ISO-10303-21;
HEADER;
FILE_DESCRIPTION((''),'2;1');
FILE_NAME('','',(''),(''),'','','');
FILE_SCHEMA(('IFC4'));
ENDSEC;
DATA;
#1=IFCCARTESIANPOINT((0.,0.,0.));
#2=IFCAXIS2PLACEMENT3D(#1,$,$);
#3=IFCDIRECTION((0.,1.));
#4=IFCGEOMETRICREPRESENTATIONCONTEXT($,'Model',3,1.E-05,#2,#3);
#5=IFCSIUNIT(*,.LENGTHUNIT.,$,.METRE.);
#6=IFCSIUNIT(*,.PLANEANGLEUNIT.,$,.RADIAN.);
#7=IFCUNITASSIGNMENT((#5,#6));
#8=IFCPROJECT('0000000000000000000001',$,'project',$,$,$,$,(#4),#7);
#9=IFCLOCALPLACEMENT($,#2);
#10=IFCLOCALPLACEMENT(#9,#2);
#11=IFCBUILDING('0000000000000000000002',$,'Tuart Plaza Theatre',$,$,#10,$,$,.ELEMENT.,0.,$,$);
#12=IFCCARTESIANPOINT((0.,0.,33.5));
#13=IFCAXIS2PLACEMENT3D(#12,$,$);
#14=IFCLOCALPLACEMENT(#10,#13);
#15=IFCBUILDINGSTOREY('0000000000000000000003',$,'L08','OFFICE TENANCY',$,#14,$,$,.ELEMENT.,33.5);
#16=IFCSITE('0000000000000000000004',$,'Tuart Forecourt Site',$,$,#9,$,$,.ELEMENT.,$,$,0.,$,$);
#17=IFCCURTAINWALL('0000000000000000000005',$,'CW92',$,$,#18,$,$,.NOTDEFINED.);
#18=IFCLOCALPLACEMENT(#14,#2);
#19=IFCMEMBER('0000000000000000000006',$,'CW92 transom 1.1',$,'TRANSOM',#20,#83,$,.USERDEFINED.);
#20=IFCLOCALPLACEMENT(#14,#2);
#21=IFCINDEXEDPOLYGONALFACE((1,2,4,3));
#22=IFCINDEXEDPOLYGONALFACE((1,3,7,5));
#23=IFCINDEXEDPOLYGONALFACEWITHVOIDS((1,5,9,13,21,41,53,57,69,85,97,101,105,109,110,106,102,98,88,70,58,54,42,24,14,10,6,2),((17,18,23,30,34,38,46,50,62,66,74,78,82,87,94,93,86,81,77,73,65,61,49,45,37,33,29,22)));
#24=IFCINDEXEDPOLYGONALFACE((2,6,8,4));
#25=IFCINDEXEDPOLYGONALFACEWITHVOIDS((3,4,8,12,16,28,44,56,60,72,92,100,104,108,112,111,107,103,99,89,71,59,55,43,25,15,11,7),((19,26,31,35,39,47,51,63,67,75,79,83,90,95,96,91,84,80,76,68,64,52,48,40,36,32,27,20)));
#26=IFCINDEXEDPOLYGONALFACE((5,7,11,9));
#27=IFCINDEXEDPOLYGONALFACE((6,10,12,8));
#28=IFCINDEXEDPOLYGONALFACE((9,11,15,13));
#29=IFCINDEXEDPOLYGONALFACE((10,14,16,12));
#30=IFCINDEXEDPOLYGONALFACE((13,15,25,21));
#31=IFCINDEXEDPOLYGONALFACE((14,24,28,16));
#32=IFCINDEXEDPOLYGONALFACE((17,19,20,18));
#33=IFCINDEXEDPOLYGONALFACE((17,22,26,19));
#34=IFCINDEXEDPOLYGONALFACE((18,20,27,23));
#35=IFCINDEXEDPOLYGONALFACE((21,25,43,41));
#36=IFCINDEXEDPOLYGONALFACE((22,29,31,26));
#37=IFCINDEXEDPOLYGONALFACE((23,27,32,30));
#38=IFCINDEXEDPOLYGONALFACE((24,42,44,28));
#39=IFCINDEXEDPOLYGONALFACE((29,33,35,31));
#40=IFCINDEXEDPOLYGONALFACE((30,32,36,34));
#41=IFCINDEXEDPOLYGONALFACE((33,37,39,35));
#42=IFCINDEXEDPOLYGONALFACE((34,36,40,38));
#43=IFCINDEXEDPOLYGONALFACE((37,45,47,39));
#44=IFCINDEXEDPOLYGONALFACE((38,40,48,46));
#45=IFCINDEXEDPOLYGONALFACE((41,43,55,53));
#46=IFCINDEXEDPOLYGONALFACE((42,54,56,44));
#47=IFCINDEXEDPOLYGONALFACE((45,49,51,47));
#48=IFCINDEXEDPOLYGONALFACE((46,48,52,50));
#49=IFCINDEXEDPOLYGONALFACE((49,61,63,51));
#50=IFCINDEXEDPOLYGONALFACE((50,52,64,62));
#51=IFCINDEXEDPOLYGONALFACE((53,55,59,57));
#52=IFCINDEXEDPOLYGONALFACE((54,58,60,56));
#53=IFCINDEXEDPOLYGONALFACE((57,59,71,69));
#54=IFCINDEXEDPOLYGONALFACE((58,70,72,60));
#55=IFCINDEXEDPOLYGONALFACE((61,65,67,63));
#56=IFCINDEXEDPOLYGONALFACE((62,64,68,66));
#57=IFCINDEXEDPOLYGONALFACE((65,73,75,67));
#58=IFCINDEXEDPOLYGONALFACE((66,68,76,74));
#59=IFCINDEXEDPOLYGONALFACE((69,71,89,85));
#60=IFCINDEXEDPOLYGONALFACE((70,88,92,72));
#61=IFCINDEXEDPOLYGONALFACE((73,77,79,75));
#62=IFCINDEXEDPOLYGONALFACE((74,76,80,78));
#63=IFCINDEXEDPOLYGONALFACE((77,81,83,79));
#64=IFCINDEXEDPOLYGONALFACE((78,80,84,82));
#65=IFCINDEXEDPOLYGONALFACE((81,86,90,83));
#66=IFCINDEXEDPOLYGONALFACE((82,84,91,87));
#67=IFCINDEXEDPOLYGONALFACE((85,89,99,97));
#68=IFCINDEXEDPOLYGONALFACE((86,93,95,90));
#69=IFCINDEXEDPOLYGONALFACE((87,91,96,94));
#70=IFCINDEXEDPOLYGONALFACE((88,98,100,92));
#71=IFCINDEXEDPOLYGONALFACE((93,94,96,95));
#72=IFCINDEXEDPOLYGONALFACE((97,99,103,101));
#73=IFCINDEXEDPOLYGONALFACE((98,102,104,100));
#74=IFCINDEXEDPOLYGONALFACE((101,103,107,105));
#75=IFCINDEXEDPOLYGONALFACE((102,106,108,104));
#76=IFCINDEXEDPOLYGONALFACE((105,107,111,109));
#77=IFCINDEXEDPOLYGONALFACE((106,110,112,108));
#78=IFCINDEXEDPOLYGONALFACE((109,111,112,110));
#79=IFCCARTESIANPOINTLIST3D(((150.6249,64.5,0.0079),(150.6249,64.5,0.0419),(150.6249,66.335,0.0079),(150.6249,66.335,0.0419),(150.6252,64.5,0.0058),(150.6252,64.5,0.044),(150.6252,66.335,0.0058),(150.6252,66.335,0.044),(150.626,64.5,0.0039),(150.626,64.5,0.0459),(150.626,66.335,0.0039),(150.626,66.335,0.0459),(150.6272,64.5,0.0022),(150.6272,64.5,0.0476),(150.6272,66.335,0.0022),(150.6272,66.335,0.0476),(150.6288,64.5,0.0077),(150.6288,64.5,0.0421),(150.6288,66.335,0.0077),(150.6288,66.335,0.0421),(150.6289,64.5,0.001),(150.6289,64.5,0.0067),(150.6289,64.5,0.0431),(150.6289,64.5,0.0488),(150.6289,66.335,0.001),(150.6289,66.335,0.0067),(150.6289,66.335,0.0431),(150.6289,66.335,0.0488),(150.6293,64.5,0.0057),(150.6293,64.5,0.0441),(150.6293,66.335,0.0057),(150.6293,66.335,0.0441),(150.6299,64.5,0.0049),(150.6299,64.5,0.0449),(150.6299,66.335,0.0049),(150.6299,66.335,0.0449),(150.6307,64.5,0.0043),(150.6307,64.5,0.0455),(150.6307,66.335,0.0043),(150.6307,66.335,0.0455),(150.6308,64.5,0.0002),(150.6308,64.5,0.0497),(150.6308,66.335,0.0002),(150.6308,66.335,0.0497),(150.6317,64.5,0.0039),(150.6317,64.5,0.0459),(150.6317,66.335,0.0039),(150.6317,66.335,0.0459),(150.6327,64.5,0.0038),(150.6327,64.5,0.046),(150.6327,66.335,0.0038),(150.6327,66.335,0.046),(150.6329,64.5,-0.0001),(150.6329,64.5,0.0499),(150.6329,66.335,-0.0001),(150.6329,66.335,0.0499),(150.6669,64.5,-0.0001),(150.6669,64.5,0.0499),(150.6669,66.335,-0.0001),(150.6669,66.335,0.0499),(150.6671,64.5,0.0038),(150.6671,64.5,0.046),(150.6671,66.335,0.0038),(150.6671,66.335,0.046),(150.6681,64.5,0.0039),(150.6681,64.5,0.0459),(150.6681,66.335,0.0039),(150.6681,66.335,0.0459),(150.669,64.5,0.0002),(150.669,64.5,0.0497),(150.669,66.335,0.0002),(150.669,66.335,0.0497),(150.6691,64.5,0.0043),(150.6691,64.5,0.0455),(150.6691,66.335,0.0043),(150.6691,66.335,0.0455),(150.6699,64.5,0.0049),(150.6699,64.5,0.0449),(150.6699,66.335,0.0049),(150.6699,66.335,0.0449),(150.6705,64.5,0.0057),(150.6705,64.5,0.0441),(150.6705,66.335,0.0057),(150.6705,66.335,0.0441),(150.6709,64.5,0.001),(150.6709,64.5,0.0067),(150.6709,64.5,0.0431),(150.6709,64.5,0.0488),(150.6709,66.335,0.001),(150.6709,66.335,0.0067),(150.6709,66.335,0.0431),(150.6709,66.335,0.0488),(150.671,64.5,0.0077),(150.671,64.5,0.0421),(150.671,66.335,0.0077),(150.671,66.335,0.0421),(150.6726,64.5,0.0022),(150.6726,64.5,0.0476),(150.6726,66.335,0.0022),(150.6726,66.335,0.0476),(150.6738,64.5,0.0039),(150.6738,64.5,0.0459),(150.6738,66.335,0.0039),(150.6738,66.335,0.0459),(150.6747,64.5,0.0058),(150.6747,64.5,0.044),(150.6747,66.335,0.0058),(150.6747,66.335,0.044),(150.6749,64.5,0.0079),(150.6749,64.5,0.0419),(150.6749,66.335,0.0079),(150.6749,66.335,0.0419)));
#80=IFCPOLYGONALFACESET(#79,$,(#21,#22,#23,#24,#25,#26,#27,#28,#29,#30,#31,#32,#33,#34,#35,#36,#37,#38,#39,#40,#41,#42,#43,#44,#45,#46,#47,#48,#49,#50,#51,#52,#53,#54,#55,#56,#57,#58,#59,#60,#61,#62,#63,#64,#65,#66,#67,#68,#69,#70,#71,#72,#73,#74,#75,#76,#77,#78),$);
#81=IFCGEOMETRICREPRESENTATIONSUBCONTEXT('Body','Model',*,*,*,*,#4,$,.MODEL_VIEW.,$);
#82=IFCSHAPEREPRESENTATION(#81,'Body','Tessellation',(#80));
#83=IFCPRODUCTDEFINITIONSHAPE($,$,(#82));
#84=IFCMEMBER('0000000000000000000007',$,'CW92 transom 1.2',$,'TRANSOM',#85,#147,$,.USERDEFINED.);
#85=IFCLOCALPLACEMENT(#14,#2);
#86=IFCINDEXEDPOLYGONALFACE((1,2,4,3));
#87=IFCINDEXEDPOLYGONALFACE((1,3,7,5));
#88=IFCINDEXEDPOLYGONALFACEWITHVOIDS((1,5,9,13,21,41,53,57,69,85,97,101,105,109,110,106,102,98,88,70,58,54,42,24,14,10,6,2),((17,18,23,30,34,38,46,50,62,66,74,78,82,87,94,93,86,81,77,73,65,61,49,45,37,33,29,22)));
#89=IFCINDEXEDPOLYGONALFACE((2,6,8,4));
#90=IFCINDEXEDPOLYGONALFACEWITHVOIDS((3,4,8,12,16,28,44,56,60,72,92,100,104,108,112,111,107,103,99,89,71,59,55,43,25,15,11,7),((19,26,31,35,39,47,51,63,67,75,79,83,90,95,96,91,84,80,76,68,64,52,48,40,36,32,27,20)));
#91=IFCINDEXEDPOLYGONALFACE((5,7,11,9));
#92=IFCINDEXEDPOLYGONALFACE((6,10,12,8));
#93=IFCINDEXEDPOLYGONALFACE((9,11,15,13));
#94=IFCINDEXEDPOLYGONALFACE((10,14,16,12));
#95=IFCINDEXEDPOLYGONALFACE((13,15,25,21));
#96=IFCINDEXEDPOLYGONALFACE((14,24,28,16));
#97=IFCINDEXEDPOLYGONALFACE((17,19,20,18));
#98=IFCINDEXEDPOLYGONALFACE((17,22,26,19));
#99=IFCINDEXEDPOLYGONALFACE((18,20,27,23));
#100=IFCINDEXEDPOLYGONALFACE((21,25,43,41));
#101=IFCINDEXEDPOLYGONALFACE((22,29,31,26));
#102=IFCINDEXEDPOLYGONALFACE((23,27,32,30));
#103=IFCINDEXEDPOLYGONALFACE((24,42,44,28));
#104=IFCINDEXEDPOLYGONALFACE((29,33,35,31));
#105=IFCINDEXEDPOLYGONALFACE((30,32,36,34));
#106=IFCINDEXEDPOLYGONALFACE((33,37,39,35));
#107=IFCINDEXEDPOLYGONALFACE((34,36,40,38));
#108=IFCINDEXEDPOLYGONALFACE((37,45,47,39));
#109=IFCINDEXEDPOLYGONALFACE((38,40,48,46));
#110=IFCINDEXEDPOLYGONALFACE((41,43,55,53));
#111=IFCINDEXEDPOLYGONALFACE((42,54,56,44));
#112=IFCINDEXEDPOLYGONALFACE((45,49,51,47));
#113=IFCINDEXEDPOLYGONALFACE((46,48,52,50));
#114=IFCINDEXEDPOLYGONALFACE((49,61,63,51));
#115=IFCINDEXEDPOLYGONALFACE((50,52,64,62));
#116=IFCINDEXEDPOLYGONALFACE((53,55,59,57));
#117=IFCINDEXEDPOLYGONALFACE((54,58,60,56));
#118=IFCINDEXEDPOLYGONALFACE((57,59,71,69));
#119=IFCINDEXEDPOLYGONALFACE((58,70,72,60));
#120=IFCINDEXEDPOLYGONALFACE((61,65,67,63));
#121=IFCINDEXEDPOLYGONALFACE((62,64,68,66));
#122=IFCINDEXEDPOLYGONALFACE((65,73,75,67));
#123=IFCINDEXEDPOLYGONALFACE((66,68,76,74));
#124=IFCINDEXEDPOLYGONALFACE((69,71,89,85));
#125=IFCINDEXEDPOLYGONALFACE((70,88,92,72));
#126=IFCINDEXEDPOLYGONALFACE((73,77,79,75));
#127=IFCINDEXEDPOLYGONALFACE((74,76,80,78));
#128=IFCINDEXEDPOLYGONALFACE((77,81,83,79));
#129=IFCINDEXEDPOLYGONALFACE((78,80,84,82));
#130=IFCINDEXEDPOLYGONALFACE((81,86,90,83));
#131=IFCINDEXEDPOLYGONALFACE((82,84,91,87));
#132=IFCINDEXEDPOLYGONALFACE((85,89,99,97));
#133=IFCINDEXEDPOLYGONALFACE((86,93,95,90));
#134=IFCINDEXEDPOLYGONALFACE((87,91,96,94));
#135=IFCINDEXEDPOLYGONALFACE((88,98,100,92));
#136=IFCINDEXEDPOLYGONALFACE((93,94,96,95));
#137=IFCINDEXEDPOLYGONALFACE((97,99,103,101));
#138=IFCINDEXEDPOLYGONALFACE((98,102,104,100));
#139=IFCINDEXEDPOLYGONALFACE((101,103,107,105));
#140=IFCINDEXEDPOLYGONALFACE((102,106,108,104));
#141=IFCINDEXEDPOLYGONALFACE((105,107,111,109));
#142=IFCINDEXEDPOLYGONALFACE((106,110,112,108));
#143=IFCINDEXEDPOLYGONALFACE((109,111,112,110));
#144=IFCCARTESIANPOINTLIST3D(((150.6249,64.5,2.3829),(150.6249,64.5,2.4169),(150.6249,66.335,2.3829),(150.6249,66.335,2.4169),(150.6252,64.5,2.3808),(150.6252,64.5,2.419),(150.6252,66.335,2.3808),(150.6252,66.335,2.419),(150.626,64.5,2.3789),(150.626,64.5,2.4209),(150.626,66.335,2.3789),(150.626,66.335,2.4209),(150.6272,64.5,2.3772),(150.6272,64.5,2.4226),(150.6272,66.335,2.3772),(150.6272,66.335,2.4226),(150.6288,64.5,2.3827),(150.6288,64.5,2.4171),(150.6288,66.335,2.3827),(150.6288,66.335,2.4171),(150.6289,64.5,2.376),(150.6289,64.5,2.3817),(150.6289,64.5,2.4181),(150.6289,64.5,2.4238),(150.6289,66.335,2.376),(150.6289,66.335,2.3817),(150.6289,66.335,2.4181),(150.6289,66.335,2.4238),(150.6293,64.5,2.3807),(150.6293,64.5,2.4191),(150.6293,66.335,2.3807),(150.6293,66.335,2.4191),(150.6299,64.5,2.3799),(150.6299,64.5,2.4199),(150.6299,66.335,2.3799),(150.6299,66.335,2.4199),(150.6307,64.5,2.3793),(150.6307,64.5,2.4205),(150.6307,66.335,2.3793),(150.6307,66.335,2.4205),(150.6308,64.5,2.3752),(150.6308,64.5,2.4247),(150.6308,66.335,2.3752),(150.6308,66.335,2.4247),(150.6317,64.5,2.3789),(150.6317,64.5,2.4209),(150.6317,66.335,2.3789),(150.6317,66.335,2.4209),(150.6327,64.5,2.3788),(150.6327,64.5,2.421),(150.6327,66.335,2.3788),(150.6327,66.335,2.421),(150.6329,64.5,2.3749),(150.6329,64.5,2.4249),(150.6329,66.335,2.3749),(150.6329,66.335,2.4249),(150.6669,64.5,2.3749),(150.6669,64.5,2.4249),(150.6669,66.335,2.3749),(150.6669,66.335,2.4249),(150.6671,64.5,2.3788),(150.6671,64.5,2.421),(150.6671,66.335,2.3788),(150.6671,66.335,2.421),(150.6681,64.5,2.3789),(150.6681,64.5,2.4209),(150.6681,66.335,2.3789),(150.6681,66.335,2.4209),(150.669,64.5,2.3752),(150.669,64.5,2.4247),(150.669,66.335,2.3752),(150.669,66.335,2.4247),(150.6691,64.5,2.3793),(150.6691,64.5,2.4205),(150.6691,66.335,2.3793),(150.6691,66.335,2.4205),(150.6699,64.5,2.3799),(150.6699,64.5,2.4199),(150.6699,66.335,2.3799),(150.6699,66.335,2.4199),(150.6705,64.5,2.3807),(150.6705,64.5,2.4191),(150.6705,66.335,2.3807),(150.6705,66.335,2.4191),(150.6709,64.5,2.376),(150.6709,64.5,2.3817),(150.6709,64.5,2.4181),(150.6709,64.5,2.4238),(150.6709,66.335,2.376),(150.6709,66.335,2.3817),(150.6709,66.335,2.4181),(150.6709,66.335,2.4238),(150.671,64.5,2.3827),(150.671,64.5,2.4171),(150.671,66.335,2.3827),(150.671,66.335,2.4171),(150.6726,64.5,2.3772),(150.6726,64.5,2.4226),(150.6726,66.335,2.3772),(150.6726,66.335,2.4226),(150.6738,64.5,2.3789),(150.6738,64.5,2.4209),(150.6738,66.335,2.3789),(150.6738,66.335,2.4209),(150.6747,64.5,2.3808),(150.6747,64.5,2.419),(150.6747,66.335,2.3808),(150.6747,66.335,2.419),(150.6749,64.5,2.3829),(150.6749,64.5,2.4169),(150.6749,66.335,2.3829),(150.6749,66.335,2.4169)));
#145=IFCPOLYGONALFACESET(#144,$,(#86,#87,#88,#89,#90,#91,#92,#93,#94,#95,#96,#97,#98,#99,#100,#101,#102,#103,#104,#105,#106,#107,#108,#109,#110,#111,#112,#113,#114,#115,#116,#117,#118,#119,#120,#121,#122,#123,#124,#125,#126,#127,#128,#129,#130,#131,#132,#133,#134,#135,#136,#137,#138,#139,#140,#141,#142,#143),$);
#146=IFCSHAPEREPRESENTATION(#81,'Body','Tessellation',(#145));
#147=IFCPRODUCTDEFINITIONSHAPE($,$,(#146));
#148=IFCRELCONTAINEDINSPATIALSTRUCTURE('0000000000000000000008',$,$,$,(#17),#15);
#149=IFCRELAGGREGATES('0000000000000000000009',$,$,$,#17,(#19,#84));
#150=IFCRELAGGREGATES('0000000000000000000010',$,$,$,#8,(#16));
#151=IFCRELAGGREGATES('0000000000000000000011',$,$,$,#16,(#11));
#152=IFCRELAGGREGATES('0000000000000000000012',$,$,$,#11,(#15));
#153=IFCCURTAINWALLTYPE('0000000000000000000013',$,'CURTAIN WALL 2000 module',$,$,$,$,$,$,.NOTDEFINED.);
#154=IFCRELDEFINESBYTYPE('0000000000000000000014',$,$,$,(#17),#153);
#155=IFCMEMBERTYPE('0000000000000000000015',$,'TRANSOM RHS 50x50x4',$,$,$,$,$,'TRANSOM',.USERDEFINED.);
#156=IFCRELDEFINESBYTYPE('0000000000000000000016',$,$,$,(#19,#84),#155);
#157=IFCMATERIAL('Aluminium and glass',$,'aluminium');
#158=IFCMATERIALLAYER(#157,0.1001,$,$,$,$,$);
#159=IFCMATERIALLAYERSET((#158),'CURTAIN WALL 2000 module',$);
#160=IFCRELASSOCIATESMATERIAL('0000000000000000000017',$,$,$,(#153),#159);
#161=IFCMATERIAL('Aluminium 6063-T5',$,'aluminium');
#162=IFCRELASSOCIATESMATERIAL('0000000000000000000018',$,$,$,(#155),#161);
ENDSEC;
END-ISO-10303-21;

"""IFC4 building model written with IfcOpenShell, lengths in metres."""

from ifc_helpers import new_model, si_unit, direction, frame, origin, origin_2d, place, context, subcontext, project, spatial, hollow_rectangle, extrude, material, layer, layer_set, material_profile, profile_set, type_object, element, aggregate, save


model = new_model("IFC4")

# Units and contexts
model_context = context("Model", 3, precision=1e-05, world=origin(), true_north=direction((0.0, 1.0)))
body_context = subcontext(model_context, "Body", "Model", "MODEL_VIEW")
ifc_project = project(units=[si_unit("LENGTHUNIT", "METRE"), si_unit("PLANEANGLEUNIT", "RADIAN")], contexts=[model_context])

# Site, building, storey
site_placement = place(None, origin())
site = spatial("IfcSite", under=ifc_project, at=site_placement, Name="Tuart Forecourt Site", CompositionType="ELEMENT", RefElevation=0.0)
building_placement = place(site_placement, origin())
building = spatial("IfcBuilding", under=site, at=building_placement, Name="Tuart Plaza Theatre", CompositionType="ELEMENT", ElevationOfRefHeight=0.0)
storey_placement = place(building_placement, frame((0.0, 0.0, 33.5)))
storey = spatial("IfcBuildingStorey", under=building, at=storey_placement, Name="L08", Description="OFFICE TENANCY", CompositionType="ELEMENT", Elevation=33.5)

# Curtain wall
ifc_material_1 = material(Name="Aluminium and glass", Category="aluminium")
ifc_layer_1 = layer(ifc_material_1, 0.1001)
ifc_layer_set_1 = layer_set([ifc_layer_1], Name="CURTAIN WALL 2000 module")
curtain_wall_type = type_object("IfcCurtainWallType", Name="CURTAIN WALL 2000 module", PredefinedType="NOTDEFINED", material=ifc_layer_set_1)
curtain_wall_1_placement = place(storey_placement, origin())
curtain_wall_1 = element("IfcCurtainWall", 1, at=curtain_wall_1_placement, inside=storey, type_object=curtain_wall_type, Name="CW92", PredefinedType="NOTDEFINED")

# Members
ifc_material_2 = material(Name="Aluminium 6063-T5", Category="aluminium")
ifc_material_profile_1 = material_profile(ifc_material_2, hollow_rectangle(XDim=0.05, YDim=0.05, WallThickness=0.0039, InnerFilletRadius=0.0039, OuterFilletRadius=0.0081, at=origin_2d()), Name="RHS 50x50x4")
ifc_profile_set_1 = profile_set([ifc_material_profile_1], Name="Aluminium 6063-T5")
member_type_1 = type_object("IfcMemberType", Name="TRANSOM RHS 50x50x4", ElementType="TRANSOM", PredefinedType="USERDEFINED", material=ifc_profile_set_1)
member_1_placement = place(storey_placement, frame((150.6499, 64.5, 0.0249), z_axis=(0.0, 1.0, 0.0), x_axis=(-1.0, 0.0, 0.0)))
member_1 = element("IfcMember", 2, at=member_1_placement, type_object=member_type_1, Name="CW92 transom 1.1", ObjectType="TRANSOM", PredefinedType="USERDEFINED", context=body_context, shape_type="SweptSolid", body=[
    extrude(hollow_rectangle(XDim=0.05, YDim=0.05, WallThickness=0.0039, InnerFilletRadius=0.0039, OuterFilletRadius=0.0081, at=origin_2d()), origin(), (0.0, 0.0, 1.0), 1.835),
])
member_2_placement = place(storey_placement, frame((150.6499, 64.5, 2.3999), z_axis=(0.0, 1.0, 0.0), x_axis=(-1.0, 0.0, 0.0)))
member_2 = element("IfcMember", 3, at=member_2_placement, type_object=member_type_1, Name="CW92 transom 1.2", ObjectType="TRANSOM", PredefinedType="USERDEFINED", context=body_context, shape_type="SweptSolid", body=[
    extrude(hollow_rectangle(XDim=0.05, YDim=0.05, WallThickness=0.0039, InnerFilletRadius=0.0039, OuterFilletRadius=0.0081, at=origin_2d()), origin(), (0.0, 0.0, 1.0), 1.835),
])

aggregate(curtain_wall_1, [member_1, member_2])

save(model, "model.ifc")
